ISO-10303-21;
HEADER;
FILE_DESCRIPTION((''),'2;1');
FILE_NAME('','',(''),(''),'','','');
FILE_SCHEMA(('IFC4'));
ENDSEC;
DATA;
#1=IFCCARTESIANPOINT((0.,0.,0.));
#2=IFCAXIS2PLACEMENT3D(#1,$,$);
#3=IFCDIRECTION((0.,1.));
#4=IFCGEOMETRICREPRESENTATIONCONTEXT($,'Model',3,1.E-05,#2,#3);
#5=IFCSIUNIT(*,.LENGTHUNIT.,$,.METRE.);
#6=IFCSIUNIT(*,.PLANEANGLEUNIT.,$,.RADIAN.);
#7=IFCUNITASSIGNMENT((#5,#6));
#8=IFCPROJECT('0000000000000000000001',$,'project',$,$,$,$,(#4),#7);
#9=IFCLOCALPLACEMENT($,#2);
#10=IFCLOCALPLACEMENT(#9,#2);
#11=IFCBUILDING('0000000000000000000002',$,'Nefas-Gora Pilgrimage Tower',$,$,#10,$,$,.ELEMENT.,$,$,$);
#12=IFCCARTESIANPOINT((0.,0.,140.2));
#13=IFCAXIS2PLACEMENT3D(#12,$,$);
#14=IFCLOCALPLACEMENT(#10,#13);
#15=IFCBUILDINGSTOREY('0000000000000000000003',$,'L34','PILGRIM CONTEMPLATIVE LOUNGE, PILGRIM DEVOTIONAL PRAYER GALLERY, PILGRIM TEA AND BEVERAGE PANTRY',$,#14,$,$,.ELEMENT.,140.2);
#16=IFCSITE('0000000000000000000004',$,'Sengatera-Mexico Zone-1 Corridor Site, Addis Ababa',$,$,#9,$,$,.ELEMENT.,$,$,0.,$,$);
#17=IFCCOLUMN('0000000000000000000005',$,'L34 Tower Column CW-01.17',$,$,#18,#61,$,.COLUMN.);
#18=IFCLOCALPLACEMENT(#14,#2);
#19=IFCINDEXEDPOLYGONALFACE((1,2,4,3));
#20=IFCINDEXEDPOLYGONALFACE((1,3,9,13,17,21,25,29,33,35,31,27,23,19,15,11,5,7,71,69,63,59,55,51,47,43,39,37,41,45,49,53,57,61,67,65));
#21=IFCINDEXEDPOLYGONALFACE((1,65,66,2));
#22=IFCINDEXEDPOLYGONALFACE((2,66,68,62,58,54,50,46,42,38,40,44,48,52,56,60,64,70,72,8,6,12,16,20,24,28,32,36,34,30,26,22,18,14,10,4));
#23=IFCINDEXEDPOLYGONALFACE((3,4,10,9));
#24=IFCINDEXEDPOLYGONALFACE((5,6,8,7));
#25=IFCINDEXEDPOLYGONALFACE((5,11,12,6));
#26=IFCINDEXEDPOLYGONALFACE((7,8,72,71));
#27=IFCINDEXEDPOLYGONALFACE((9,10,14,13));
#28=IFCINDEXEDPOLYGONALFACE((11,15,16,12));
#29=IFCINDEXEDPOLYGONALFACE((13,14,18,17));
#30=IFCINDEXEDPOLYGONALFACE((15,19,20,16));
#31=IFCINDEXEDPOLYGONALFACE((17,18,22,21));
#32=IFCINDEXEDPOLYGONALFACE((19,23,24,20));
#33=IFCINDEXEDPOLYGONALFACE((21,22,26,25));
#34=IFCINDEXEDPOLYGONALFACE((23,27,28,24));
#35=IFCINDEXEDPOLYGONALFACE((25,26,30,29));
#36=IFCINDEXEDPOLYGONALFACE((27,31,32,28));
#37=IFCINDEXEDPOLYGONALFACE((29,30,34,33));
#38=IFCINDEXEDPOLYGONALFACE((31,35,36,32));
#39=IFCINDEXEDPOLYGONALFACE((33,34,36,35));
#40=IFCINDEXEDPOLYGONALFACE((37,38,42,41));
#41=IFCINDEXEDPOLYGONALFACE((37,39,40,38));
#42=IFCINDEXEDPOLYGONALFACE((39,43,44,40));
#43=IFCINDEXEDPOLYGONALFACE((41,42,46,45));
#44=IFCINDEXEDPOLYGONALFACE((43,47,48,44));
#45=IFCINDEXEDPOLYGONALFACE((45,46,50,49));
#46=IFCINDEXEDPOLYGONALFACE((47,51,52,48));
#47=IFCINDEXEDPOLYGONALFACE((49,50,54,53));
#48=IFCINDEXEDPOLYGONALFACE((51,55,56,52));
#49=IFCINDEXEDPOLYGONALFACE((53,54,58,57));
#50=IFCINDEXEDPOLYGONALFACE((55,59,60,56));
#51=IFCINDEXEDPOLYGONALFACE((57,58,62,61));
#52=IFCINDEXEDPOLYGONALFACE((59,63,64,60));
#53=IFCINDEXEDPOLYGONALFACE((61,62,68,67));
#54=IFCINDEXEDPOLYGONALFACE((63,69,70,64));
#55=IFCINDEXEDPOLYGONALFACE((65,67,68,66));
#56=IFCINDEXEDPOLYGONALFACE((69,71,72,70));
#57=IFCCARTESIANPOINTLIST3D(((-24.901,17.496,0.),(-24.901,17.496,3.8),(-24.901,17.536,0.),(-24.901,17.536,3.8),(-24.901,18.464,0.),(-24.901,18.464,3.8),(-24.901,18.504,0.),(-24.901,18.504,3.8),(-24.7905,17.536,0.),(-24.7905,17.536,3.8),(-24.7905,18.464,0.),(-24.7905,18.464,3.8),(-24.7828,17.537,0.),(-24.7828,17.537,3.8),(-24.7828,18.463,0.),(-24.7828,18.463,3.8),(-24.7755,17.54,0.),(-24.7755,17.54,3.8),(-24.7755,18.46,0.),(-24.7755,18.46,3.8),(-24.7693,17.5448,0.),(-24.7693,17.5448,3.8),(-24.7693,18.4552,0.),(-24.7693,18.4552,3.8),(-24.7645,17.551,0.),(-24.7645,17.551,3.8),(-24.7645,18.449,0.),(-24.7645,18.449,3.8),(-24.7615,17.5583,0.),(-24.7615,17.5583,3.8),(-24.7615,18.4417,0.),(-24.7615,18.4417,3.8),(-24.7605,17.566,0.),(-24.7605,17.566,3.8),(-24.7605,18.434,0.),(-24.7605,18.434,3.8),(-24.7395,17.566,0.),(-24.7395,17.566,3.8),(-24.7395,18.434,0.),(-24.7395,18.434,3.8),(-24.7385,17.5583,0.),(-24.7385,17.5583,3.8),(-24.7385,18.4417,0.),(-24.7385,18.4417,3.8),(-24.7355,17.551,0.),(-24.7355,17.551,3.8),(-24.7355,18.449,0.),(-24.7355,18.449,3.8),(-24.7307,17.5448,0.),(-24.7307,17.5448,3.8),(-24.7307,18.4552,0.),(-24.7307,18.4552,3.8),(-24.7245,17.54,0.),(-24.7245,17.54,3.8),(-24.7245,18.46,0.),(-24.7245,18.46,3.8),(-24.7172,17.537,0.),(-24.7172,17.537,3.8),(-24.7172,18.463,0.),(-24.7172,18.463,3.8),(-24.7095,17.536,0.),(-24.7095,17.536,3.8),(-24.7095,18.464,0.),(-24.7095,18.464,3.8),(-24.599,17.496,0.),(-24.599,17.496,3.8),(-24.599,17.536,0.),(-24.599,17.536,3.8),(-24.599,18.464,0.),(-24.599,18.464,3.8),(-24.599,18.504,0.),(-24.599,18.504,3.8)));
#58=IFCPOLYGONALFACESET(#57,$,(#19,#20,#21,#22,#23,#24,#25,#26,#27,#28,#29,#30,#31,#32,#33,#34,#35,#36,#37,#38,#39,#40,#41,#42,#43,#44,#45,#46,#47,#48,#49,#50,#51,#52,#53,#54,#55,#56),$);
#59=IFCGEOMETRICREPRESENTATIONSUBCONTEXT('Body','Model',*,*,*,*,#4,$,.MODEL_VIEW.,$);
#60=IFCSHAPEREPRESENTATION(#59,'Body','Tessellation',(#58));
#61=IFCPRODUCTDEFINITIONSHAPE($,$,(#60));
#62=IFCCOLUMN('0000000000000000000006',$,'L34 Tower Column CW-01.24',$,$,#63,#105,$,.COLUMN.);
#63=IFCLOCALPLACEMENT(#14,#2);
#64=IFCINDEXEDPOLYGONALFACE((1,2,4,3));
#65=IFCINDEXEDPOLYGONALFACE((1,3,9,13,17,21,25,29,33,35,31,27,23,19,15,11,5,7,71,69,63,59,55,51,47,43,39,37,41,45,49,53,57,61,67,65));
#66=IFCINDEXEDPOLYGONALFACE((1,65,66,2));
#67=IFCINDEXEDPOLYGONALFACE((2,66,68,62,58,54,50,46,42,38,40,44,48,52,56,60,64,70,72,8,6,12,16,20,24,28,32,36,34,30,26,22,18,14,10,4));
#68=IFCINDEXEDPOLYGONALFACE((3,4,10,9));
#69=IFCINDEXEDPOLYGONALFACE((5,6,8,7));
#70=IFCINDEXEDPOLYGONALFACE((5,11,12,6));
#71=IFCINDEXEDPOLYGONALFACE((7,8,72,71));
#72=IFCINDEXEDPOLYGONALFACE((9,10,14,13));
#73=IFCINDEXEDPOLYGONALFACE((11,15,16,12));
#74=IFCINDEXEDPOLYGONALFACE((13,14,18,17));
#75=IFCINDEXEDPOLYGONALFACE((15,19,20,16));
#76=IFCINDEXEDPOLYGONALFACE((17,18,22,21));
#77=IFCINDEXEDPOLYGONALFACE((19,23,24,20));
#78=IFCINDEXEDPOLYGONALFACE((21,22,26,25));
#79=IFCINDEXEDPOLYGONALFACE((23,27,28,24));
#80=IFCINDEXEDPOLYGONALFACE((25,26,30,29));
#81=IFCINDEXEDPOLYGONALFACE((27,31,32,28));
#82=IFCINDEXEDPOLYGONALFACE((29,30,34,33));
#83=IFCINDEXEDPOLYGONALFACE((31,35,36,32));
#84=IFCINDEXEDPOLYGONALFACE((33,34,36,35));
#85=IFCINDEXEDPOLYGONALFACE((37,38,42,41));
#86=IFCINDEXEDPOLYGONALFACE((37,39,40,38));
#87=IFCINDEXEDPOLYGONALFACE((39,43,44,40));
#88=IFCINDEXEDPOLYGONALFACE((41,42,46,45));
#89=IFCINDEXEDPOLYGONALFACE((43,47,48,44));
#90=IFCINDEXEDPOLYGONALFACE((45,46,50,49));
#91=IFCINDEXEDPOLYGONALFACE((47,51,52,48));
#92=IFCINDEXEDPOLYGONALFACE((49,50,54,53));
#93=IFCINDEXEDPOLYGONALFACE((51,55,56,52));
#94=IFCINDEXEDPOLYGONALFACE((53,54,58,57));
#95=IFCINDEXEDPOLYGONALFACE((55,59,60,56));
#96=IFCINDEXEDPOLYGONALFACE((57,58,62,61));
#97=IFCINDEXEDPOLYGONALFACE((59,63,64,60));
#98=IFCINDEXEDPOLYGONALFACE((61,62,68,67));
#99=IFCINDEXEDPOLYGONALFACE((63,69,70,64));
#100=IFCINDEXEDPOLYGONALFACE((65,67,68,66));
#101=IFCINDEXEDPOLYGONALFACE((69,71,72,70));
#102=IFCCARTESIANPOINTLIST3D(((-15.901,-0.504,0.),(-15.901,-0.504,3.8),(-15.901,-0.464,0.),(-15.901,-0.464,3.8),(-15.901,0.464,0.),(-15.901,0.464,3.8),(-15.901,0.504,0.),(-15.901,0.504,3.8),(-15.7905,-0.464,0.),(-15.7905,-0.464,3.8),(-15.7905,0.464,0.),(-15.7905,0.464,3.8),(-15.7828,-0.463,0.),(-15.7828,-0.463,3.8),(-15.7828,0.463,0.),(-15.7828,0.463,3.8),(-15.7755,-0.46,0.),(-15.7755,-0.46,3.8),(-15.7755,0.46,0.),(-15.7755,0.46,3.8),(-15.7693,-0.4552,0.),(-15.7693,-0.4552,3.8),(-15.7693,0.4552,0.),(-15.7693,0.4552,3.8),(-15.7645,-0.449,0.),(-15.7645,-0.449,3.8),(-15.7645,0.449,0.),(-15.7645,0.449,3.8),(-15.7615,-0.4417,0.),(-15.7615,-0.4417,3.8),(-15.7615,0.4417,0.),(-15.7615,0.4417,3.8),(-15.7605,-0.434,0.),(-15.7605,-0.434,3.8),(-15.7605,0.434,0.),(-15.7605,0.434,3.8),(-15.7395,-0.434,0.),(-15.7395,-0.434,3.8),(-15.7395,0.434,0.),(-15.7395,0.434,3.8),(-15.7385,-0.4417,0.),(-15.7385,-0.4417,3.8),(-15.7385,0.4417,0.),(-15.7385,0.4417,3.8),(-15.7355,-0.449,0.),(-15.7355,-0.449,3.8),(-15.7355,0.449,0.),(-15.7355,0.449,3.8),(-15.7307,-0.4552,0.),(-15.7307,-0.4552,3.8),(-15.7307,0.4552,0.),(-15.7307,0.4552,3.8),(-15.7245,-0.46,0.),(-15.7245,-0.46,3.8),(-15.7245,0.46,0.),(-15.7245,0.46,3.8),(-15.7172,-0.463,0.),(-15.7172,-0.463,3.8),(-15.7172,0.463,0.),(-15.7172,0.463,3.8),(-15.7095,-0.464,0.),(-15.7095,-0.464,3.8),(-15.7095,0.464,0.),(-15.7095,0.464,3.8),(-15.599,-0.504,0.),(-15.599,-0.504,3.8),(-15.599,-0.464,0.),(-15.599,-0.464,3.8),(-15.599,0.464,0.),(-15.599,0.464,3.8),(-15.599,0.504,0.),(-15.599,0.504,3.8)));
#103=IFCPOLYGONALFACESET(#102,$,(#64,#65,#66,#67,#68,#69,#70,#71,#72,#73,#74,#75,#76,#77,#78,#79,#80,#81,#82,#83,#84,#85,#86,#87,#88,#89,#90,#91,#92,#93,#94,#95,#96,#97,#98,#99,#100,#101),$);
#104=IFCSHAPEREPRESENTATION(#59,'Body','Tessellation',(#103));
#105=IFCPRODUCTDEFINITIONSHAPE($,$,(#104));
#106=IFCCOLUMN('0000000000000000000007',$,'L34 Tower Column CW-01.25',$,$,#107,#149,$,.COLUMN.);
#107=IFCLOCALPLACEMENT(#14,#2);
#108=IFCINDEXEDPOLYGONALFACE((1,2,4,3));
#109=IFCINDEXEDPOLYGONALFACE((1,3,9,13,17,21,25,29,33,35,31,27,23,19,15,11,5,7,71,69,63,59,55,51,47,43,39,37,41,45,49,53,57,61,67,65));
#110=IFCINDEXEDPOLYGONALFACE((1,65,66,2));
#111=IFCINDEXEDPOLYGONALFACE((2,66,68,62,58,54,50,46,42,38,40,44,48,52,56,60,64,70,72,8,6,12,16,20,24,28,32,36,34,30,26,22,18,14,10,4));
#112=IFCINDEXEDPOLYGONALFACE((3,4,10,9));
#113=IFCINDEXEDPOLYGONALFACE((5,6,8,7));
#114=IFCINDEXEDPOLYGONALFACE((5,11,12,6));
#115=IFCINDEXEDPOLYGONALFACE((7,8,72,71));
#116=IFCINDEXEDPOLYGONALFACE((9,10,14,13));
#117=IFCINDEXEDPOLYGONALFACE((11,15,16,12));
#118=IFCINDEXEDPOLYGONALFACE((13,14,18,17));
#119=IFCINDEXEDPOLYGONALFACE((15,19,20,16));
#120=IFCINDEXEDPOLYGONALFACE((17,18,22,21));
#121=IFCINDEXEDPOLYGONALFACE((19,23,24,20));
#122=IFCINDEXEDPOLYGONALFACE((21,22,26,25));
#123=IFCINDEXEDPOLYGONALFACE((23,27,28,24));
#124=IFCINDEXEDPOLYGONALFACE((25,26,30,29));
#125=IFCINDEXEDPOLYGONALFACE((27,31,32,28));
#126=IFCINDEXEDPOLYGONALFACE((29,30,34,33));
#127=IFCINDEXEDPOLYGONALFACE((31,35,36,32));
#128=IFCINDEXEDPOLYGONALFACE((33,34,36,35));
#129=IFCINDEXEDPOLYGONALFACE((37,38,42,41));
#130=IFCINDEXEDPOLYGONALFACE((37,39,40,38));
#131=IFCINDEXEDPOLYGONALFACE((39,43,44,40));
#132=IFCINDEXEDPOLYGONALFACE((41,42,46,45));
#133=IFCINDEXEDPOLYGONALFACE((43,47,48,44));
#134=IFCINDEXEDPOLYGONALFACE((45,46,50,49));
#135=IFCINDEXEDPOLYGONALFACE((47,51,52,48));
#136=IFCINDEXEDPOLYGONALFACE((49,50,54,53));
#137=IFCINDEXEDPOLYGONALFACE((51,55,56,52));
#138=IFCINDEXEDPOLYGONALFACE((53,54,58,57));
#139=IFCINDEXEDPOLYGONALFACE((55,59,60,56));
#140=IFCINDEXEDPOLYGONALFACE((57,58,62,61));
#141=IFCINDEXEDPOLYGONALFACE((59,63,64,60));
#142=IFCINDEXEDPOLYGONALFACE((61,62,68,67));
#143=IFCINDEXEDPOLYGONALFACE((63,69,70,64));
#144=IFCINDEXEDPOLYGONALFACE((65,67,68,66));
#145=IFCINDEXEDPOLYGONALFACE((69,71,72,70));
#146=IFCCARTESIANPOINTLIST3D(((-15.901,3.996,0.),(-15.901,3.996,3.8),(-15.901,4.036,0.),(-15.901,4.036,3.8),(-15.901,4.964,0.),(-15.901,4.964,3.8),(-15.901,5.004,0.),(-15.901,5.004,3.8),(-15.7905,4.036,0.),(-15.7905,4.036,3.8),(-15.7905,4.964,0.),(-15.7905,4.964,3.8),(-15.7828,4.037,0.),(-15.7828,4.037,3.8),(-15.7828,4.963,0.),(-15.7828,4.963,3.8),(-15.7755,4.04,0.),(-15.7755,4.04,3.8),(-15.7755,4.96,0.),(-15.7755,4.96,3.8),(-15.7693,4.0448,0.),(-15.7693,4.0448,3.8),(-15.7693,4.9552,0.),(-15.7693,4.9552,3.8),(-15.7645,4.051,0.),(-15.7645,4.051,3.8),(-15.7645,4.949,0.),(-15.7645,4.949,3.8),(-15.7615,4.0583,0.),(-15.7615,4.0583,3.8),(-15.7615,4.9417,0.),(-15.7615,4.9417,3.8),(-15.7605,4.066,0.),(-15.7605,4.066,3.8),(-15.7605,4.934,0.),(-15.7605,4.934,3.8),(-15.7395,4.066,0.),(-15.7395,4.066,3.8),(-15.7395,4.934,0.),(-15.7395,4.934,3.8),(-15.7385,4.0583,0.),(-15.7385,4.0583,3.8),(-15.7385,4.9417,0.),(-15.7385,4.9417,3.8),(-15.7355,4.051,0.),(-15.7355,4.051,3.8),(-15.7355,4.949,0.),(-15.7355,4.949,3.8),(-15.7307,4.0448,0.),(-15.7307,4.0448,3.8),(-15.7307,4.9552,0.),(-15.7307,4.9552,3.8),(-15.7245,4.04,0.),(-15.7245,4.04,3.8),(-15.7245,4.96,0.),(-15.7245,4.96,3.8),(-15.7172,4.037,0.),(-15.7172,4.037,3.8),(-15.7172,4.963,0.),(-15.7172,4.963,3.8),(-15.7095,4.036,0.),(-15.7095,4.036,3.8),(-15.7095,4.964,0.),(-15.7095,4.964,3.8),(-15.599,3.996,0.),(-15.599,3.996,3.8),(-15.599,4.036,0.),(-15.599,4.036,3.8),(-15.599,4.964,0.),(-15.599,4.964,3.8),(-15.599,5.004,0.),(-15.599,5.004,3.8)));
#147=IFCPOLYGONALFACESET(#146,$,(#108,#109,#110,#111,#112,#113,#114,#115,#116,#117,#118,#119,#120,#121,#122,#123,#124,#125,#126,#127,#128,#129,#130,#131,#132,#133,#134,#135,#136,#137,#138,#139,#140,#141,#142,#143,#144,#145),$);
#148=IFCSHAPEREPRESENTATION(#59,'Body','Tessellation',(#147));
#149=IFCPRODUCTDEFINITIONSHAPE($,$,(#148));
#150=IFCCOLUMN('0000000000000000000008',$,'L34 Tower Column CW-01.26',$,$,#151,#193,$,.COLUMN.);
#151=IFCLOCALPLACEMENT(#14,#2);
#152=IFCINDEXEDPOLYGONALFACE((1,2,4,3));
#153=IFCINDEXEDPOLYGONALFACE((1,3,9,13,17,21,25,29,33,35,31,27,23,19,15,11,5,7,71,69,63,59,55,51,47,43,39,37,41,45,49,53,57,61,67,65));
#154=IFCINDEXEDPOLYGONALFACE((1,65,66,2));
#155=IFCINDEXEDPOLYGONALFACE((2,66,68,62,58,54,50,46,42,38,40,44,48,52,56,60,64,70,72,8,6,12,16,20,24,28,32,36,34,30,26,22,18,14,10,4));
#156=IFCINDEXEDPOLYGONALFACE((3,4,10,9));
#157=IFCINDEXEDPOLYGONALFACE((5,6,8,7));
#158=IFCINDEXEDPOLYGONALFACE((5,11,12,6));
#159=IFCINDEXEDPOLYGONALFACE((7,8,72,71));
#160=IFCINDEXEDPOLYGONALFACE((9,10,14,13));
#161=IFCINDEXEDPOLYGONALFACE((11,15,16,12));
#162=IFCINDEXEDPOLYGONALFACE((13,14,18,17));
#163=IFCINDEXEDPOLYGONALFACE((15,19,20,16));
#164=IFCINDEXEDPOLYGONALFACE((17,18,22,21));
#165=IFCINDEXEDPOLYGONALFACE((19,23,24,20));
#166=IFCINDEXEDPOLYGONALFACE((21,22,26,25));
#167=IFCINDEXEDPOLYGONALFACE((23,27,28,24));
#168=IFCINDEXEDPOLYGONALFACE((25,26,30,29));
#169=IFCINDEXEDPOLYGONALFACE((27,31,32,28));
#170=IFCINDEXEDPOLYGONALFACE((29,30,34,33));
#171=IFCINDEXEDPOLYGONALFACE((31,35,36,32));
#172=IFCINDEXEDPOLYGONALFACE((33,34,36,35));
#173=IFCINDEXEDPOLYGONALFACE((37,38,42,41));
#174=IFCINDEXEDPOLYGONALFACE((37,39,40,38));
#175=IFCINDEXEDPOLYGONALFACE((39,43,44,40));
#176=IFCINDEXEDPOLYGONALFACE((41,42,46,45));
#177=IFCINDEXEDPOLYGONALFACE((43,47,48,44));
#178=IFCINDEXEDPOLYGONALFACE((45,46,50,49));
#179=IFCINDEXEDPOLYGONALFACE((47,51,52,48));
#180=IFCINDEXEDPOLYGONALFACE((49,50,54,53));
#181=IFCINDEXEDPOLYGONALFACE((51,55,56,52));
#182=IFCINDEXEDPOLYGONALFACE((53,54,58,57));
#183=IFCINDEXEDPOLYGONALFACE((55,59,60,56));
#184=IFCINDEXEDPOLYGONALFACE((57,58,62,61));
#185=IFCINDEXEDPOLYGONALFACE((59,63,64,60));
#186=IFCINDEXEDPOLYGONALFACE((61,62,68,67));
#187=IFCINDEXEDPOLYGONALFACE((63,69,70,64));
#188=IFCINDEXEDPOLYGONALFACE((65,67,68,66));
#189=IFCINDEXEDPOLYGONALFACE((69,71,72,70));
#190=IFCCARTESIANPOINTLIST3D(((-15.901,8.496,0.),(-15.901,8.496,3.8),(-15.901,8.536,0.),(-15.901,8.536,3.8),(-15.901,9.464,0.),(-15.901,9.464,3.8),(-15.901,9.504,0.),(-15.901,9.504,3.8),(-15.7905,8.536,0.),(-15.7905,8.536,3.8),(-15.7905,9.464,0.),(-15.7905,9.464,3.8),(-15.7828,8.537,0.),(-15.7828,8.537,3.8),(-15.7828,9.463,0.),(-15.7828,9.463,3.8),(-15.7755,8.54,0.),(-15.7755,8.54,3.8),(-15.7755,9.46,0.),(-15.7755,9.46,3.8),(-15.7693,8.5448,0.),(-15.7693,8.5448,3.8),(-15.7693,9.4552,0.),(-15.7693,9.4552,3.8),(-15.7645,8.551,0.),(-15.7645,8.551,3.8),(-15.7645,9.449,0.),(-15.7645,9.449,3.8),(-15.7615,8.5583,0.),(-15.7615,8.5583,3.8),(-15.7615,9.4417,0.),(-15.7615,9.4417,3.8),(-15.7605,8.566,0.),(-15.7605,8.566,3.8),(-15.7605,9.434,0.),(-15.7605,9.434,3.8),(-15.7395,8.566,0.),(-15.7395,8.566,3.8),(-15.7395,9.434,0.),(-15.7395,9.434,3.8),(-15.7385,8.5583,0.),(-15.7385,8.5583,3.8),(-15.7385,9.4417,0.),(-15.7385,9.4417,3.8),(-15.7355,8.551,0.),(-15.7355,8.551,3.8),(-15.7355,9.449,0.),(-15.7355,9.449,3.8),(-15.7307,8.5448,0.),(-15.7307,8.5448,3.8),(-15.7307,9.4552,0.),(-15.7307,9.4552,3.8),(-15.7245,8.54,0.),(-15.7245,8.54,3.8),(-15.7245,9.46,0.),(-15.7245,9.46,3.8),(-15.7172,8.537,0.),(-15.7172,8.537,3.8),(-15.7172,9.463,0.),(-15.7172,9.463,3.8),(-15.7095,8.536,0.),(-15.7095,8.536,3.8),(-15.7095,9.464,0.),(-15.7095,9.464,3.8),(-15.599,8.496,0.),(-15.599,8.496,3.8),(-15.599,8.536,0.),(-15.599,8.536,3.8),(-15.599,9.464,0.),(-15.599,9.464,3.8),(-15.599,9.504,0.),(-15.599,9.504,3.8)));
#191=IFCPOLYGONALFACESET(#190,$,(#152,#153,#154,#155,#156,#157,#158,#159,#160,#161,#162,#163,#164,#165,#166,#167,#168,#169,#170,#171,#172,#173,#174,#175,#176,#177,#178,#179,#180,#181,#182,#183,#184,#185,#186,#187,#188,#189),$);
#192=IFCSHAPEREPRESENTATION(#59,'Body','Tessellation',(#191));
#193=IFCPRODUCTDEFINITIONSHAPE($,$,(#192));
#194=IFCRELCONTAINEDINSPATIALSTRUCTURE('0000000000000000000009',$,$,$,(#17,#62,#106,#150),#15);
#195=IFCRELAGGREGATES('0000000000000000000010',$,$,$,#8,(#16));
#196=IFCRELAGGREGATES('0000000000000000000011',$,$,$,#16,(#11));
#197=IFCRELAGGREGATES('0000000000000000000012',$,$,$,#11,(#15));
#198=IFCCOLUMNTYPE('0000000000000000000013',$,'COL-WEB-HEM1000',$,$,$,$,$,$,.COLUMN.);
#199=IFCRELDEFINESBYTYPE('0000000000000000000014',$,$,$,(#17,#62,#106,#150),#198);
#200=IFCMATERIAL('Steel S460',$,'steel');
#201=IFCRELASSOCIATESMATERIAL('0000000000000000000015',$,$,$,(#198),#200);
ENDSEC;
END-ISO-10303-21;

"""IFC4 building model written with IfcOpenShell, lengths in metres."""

from ifc_helpers import new_model, si_unit, direction, frame, origin, origin_2d, place, context, subcontext, project, spatial, i_section, extrude, source, transform, mapped, material, material_profile, profile_set, type_object, element, save


model = new_model("IFC4")

# Units and contexts
model_context = context("Model", 3, precision=1e-05, world=origin(), true_north=direction((0.0, 1.0)))
body_context = subcontext(model_context, "Body", "Model", "MODEL_VIEW")
ifc_project = project(units=[si_unit("LENGTHUNIT", "METRE"), si_unit("PLANEANGLEUNIT", "RADIAN")], contexts=[model_context])

# Site, building, storey
site_placement = place(None, origin())
site = spatial("IfcSite", under=ifc_project, at=site_placement, Name="Sengatera-Mexico Zone-1 Corridor Site, Addis Ababa", CompositionType="ELEMENT", RefElevation=0.0)
building_placement = place(site_placement, origin())
building = spatial("IfcBuilding", under=site, at=building_placement, Name="Nefas-Gora Pilgrimage Tower", CompositionType="ELEMENT")
storey_placement = place(building_placement, frame((0.0, 0.0, 140.2)))
storey = spatial("IfcBuildingStorey", under=building, at=storey_placement, Name="L34", Description="PILGRIM CONTEMPLATIVE LOUNGE, PILGRIM DEVOTIONAL PRAYER GALLERY, PILGRIM TEA AND BEVERAGE PANTRY", CompositionType="ELEMENT", Elevation=140.2)

# Columns
ifc_material_1 = material(Name="Steel S460", Category="steel")
ifc_material_profile_1 = material_profile(ifc_material_1, i_section(OverallWidth=0.302, OverallDepth=1.0081, WebThickness=0.021, FlangeThickness=0.04, FilletRadius=0.03, at=origin_2d()), Name="HEM 1000")
ifc_profile_set_1 = profile_set([ifc_material_profile_1], Name="Steel S460")
column_type_1 = type_object("IfcColumnType", Name="COL-WEB-HEM1000", PredefinedType="COLUMN", material=ifc_profile_set_1)
shared_shape_1 = source(origin(), body_context, "Body", "SweptSolid", [
    extrude(i_section(OverallWidth=0.302, OverallDepth=1.0081, WebThickness=0.021, FlangeThickness=0.04, FilletRadius=0.03, at=origin_2d()), origin(), (0.0, 0.0, 1.0), 3.8),
])
for number, where, z_axis, x_axis, name in (
    (1, (-24.75, 18.0, 0.0), (0.0, 0.0, 1.0), (1.0, 0.0, 0.0), "L34 Tower Column CW-01.17"),
    (2, (-15.75, 0.0, 0.0), (0.0, 0.0, 1.0), (1.0, 0.0, 0.0), "L34 Tower Column CW-01.24"),
    (3, (-15.75, 4.5, 0.0), (0.0, 0.0, 1.0), (1.0, 0.0, 0.0), "L34 Tower Column CW-01.25"),
    (4, (-15.75, 9.0, 0.0), (0.0, 0.0, 1.0), (1.0, 0.0, 0.0), "L34 Tower Column CW-01.26"),
):
    element("IfcColumn", number, at=place(storey_placement, frame(where, z_axis=z_axis, x_axis=x_axis)), inside=storey, type_object=column_type_1, Name=name, PredefinedType="COLUMN", context=body_context, shape_type="MappedRepresentation", body=[
        mapped(shared_shape_1, transform((0.0, 0.0, 0.0), x_axis=(1.0, 0.0, 0.0), y_axis=(0.0, 1.0, 0.0), z_axis=(0.0, 0.0, 1.0), scale=1.0)),
    ])

save(model, "model.ifc")
